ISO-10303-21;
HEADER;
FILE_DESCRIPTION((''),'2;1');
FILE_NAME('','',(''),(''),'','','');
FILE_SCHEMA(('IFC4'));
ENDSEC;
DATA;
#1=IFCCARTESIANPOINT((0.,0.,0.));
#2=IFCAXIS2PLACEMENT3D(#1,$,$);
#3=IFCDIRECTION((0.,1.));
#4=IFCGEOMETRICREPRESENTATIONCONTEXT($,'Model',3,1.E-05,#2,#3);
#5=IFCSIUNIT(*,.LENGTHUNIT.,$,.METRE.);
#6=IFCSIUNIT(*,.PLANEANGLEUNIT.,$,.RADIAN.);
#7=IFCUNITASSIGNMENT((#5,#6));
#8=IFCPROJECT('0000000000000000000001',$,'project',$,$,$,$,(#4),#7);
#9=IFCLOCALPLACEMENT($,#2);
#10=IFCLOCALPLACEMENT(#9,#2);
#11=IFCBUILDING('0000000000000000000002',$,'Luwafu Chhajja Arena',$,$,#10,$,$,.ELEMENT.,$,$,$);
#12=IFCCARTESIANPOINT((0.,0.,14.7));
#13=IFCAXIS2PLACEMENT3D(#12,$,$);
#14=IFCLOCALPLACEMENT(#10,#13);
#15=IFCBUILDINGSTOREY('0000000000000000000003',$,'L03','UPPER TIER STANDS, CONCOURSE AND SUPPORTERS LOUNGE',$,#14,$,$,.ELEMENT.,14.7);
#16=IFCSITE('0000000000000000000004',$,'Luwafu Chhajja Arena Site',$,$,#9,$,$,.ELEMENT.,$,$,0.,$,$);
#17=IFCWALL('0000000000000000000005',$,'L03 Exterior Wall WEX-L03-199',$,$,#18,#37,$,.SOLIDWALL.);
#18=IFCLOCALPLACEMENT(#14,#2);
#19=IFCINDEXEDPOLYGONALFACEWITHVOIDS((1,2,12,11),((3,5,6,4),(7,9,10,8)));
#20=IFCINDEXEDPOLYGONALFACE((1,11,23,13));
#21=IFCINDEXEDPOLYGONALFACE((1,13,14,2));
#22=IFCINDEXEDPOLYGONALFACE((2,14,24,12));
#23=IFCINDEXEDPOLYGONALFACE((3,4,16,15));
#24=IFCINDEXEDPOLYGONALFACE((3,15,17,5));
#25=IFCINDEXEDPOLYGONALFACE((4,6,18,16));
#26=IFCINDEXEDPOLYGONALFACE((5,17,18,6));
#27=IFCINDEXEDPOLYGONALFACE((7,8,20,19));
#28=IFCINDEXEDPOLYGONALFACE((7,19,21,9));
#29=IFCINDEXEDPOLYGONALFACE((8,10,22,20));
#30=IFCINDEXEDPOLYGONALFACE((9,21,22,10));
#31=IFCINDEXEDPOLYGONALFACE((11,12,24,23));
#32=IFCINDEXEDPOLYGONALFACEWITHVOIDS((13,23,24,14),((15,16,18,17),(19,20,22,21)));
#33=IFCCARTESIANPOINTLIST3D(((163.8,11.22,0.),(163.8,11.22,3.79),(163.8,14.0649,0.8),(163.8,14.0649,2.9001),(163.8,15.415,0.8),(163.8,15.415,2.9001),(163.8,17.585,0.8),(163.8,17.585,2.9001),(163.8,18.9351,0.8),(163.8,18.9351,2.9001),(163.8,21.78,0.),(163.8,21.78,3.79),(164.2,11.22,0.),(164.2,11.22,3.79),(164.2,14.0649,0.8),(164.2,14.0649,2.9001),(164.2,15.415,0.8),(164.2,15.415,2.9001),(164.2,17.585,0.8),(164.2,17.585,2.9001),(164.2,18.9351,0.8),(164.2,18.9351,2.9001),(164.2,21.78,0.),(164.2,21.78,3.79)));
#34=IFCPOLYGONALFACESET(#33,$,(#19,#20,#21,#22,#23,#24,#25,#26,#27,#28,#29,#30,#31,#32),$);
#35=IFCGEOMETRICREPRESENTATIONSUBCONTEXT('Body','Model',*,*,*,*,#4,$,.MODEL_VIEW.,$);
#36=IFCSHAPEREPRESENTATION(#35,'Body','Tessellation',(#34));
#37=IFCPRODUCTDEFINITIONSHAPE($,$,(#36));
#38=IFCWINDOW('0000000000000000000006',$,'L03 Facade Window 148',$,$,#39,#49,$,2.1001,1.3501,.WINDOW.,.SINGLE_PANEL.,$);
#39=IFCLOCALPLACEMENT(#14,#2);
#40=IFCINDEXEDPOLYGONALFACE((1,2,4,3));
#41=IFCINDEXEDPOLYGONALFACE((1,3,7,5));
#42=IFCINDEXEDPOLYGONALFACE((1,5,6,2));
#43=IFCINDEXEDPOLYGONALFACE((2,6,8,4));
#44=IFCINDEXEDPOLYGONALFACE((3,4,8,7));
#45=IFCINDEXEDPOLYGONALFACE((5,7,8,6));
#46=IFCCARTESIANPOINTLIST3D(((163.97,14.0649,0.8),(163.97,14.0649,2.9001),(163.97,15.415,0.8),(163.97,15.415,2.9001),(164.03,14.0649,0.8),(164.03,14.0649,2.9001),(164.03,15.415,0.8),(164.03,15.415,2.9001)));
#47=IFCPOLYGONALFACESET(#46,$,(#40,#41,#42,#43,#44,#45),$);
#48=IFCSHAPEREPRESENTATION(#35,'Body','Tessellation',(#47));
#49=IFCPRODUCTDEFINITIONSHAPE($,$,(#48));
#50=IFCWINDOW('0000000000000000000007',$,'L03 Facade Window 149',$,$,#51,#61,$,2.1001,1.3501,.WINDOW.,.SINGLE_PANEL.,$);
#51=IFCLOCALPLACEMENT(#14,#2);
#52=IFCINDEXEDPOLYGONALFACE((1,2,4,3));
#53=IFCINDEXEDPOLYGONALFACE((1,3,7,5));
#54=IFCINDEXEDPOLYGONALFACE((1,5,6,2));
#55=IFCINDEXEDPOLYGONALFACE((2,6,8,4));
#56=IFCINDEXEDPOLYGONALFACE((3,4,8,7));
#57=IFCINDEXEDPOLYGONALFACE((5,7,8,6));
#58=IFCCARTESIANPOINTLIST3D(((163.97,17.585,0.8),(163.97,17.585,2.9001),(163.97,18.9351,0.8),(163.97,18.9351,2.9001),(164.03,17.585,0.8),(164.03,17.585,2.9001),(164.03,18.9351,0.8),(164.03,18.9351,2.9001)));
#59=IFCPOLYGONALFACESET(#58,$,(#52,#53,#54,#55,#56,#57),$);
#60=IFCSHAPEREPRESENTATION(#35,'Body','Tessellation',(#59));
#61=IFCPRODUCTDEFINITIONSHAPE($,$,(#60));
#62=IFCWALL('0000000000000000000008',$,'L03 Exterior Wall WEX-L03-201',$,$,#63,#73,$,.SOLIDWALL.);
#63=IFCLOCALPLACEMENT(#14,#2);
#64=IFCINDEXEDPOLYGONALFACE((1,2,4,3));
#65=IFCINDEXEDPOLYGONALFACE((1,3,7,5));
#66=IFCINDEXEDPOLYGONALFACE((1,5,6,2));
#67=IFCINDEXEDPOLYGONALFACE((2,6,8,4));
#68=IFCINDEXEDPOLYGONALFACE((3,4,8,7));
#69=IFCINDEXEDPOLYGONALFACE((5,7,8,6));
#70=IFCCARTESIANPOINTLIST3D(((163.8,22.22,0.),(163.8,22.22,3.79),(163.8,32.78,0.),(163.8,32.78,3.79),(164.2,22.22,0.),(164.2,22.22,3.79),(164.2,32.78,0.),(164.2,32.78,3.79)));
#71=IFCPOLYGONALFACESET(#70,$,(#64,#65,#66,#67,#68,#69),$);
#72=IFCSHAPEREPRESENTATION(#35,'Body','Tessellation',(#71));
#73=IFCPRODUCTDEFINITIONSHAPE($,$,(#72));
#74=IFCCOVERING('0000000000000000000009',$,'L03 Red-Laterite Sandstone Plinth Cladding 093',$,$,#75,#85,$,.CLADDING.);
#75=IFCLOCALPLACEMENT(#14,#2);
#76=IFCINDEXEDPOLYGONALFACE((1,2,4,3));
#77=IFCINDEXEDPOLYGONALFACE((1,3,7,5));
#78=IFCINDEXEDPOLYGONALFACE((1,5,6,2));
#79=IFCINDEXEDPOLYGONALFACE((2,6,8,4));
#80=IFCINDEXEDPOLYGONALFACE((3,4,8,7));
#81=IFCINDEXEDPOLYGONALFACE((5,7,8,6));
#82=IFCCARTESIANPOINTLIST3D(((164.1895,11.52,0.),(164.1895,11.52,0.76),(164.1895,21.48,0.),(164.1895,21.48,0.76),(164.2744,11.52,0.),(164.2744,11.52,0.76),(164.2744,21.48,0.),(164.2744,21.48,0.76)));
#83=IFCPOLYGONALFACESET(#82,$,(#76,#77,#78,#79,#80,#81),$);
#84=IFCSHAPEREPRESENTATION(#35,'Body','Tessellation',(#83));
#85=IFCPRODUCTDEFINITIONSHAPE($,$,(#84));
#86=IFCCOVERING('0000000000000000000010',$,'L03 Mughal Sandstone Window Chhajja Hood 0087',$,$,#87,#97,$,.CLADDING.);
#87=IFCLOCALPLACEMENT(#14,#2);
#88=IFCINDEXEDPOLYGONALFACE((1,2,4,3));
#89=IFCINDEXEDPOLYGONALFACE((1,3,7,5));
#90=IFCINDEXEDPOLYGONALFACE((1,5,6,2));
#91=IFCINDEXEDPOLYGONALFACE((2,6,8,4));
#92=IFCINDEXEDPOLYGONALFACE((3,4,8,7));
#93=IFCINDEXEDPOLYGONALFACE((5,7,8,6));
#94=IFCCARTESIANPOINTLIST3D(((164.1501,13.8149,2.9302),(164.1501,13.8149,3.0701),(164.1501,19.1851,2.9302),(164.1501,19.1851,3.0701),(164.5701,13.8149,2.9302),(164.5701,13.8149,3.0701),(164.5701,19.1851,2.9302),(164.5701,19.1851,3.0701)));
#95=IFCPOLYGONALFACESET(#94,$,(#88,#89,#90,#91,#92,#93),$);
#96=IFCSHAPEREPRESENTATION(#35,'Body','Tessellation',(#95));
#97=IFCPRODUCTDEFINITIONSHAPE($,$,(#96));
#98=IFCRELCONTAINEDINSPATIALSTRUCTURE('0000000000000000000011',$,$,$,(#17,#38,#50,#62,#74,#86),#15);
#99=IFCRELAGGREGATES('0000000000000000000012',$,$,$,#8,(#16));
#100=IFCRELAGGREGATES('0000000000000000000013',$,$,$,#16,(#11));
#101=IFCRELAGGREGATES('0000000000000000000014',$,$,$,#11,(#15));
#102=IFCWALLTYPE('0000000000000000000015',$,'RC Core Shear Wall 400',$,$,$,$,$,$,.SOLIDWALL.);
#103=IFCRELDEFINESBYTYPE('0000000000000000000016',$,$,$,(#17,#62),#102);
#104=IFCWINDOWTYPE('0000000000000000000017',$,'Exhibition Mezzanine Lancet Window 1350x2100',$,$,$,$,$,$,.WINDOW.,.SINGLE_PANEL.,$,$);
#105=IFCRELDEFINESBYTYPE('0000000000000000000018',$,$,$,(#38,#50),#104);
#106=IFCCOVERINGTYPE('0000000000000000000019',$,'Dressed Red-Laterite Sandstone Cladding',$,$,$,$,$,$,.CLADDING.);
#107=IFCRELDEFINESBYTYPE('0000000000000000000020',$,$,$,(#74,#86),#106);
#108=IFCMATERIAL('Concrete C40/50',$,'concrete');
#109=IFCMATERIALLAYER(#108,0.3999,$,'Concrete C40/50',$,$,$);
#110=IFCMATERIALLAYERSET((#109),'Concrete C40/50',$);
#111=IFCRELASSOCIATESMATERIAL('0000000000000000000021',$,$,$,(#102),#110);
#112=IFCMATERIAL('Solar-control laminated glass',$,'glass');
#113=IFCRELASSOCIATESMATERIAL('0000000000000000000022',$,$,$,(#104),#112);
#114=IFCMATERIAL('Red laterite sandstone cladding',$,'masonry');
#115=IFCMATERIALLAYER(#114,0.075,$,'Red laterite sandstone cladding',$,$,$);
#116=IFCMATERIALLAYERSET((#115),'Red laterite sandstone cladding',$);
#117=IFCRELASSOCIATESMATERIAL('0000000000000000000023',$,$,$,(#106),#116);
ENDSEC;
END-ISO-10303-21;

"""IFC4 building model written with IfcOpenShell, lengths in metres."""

from ifc_helpers import new_model, si_unit, direction, frame, frame_2d, origin, origin_2d, place, context, subcontext, project, spatial, rectangle, extrude, material, layer, layer_set, type_object, element, fill, save


model = new_model("IFC4")

# Units and contexts
model_context = context("Model", 3, precision=1e-05, world=origin(), true_north=direction((0.0, 1.0)))
body_context = subcontext(model_context, "Body", "Model", "MODEL_VIEW")
ifc_project = project(units=[si_unit("LENGTHUNIT", "METRE"), si_unit("PLANEANGLEUNIT", "RADIAN")], contexts=[model_context])

# Site, building, storey
site_placement = place(None, origin())
site = spatial("IfcSite", under=ifc_project, at=site_placement, Name="Luwafu Chhajja Arena Site", CompositionType="ELEMENT", RefElevation=0.0)
building_placement = place(site_placement, origin())
building = spatial("IfcBuilding", under=site, at=building_placement, Name="Luwafu Chhajja Arena", CompositionType="ELEMENT")
storey_placement = place(building_placement, frame((0.0, 0.0, 14.7)))
storey = spatial("IfcBuildingStorey", under=building, at=storey_placement, Name="L03", Description="UPPER TIER STANDS, CONCOURSE AND SUPPORTERS LOUNGE", CompositionType="ELEMENT", Elevation=14.7)

# Shared definitions
ifc_material_1 = material(Name="Concrete C40/50", Category="concrete")

# Wall, openings, windows
ifc_layer_1 = layer(ifc_material_1, 0.3999, Name="Concrete C40/50")
ifc_layer_set_1 = layer_set([ifc_layer_1], Name="Concrete C40/50")
wall_type_1 = type_object("IfcWallType", Name="RC Core Shear Wall 400", PredefinedType="SOLIDWALL", material=ifc_layer_set_1)
wall_1_placement = place(storey_placement, frame((164.0, 11.22, 0.0), z_axis=(0.0, 0.0, 1.0), x_axis=(0.0, 1.0, 0.0)))
wall_1 = element("IfcWall", 1, at=wall_1_placement, inside=storey, type_object=wall_type_1, Name="L03 Exterior Wall WEX-L03-199", PredefinedType="SOLIDWALL", context=body_context, shape_type="SweptSolid", body=[
    extrude(rectangle(XDim=10.5601, YDim=0.3999, at=frame_2d((5.28, 0.0))), origin(), (0.0, 0.0, 1.0), 3.79),
])
opening_1_placement = place(wall_1_placement, frame((2.845, 0.0, 0.8)))
opening_1 = element("IfcOpeningElement", 2, at=opening_1_placement, cuts=wall_1, PredefinedType="OPENING", context=body_context, shape_type="SweptSolid", body=[
    extrude(rectangle(XDim=1.3501, YDim=2.1001, at=frame_2d((0.675, 1.05))), frame((0.0, 0.21, 0.0), z_axis=(0.0, -1.0, 0.0), x_axis=(1.0, 0.0, 0.0)), (0.0, 0.0, 1.0), 0.4199),
])
opening_2_placement = place(wall_1_placement, frame((6.365, 0.0, 0.8)))
opening_2 = element("IfcOpeningElement", 3, at=opening_2_placement, cuts=wall_1, PredefinedType="OPENING", context=body_context, shape_type="SweptSolid", body=[
    extrude(rectangle(XDim=1.3501, YDim=2.1001, at=frame_2d((0.675, 1.05))), frame((0.0, 0.21, 0.0), z_axis=(0.0, -1.0, 0.0), x_axis=(1.0, 0.0, 0.0)), (0.0, 0.0, 1.0), 0.4199),
])
ifc_material_2 = material(Name="Solar-control laminated glass", Category="glass")
window_type = type_object("IfcWindowType", Name="Exhibition Mezzanine Lancet Window 1350x2100", PartitioningType="SINGLE_PANEL", PredefinedType="WINDOW", material=ifc_material_2)
window_1_placement = place(opening_1_placement, origin())
window_1 = element("IfcWindow", 4, at=window_1_placement, inside=storey, type_object=window_type, Name="L03 Facade Window 148", OverallHeight=2.1001, OverallWidth=1.3501, PartitioningType="SINGLE_PANEL", PredefinedType="WINDOW", context=body_context, shape_type="SweptSolid", body=[
    extrude(rectangle(XDim=1.3501, YDim=2.1001, at=frame_2d((0.675, 1.05))), frame((0.0, 0.03, 0.0), z_axis=(0.0, -1.0, 0.0), x_axis=(1.0, 0.0, 0.0)), (0.0, 0.0, 1.0), 0.0601),
])
fill(opening_1, window_1)
window_2_placement = place(opening_2_placement, origin())
window_2 = element("IfcWindow", 5, at=window_2_placement, inside=storey, type_object=window_type, Name="L03 Facade Window 149", OverallHeight=2.1001, OverallWidth=1.3501, PartitioningType="SINGLE_PANEL", PredefinedType="WINDOW", context=body_context, shape_type="SweptSolid", body=[
    extrude(rectangle(XDim=1.3501, YDim=2.1001, at=frame_2d((0.675, 1.05))), frame((0.0, 0.03, 0.0), z_axis=(0.0, -1.0, 0.0), x_axis=(1.0, 0.0, 0.0)), (0.0, 0.0, 1.0), 0.0601),
])
fill(opening_2, window_2)

# Wall
wall_2_placement = place(storey_placement, frame((164.0, 22.22, 0.0), z_axis=(0.0, 0.0, 1.0), x_axis=(0.0, 1.0, 0.0)))
element("IfcWall", 6, at=wall_2_placement, inside=storey, type_object=wall_type_1, Name="L03 Exterior Wall WEX-L03-201", PredefinedType="SOLIDWALL", context=body_context, shape_type="SweptSolid", body=[
    extrude(rectangle(XDim=10.5601, YDim=0.3999, at=frame_2d((5.28, 0.0))), origin(), (0.0, 0.0, 1.0), 3.79),
])

# Coverings
ifc_material_3 = material(Name="Red laterite sandstone cladding", Category="masonry")
ifc_layer_2 = layer(ifc_material_3, 0.075, Name="Red laterite sandstone cladding")
ifc_layer_set_2 = layer_set([ifc_layer_2], Name="Red laterite sandstone cladding")
covering_type = type_object("IfcCoveringType", Name="Dressed Red-Laterite Sandstone Cladding", PredefinedType="CLADDING", material=ifc_layer_set_2)
covering_1_placement = place(storey_placement, frame((164.2319, 16.5, 0.0), z_axis=(0.0, 0.0, 1.0), x_axis=(0.0, 1.0, 0.0)))
element("IfcCovering", 7, at=covering_1_placement, inside=storey, type_object=covering_type, Name="L03 Red-Laterite Sandstone Plinth Cladding 093", PredefinedType="CLADDING", context=body_context, shape_type="SweptSolid", body=[
    extrude(rectangle(XDim=9.96, YDim=0.085, at=origin_2d()), origin(), (0.0, 0.0, 1.0), 0.76),
])
covering_2_placement = place(storey_placement, frame((164.3601, 16.5, 2.9302), z_axis=(0.0, 0.0, 1.0), x_axis=(0.0, 1.0, 0.0)))
element("IfcCovering", 8, at=covering_2_placement, inside=storey, type_object=covering_type, Name="L03 Mughal Sandstone Window Chhajja Hood 0087", PredefinedType="CLADDING", context=body_context, shape_type="SweptSolid", body=[
    extrude(rectangle(XDim=5.3701, YDim=0.4199, at=origin_2d()), origin(), (0.0, 0.0, 1.0), 0.1399),
])

save(model, "model.ifc")
